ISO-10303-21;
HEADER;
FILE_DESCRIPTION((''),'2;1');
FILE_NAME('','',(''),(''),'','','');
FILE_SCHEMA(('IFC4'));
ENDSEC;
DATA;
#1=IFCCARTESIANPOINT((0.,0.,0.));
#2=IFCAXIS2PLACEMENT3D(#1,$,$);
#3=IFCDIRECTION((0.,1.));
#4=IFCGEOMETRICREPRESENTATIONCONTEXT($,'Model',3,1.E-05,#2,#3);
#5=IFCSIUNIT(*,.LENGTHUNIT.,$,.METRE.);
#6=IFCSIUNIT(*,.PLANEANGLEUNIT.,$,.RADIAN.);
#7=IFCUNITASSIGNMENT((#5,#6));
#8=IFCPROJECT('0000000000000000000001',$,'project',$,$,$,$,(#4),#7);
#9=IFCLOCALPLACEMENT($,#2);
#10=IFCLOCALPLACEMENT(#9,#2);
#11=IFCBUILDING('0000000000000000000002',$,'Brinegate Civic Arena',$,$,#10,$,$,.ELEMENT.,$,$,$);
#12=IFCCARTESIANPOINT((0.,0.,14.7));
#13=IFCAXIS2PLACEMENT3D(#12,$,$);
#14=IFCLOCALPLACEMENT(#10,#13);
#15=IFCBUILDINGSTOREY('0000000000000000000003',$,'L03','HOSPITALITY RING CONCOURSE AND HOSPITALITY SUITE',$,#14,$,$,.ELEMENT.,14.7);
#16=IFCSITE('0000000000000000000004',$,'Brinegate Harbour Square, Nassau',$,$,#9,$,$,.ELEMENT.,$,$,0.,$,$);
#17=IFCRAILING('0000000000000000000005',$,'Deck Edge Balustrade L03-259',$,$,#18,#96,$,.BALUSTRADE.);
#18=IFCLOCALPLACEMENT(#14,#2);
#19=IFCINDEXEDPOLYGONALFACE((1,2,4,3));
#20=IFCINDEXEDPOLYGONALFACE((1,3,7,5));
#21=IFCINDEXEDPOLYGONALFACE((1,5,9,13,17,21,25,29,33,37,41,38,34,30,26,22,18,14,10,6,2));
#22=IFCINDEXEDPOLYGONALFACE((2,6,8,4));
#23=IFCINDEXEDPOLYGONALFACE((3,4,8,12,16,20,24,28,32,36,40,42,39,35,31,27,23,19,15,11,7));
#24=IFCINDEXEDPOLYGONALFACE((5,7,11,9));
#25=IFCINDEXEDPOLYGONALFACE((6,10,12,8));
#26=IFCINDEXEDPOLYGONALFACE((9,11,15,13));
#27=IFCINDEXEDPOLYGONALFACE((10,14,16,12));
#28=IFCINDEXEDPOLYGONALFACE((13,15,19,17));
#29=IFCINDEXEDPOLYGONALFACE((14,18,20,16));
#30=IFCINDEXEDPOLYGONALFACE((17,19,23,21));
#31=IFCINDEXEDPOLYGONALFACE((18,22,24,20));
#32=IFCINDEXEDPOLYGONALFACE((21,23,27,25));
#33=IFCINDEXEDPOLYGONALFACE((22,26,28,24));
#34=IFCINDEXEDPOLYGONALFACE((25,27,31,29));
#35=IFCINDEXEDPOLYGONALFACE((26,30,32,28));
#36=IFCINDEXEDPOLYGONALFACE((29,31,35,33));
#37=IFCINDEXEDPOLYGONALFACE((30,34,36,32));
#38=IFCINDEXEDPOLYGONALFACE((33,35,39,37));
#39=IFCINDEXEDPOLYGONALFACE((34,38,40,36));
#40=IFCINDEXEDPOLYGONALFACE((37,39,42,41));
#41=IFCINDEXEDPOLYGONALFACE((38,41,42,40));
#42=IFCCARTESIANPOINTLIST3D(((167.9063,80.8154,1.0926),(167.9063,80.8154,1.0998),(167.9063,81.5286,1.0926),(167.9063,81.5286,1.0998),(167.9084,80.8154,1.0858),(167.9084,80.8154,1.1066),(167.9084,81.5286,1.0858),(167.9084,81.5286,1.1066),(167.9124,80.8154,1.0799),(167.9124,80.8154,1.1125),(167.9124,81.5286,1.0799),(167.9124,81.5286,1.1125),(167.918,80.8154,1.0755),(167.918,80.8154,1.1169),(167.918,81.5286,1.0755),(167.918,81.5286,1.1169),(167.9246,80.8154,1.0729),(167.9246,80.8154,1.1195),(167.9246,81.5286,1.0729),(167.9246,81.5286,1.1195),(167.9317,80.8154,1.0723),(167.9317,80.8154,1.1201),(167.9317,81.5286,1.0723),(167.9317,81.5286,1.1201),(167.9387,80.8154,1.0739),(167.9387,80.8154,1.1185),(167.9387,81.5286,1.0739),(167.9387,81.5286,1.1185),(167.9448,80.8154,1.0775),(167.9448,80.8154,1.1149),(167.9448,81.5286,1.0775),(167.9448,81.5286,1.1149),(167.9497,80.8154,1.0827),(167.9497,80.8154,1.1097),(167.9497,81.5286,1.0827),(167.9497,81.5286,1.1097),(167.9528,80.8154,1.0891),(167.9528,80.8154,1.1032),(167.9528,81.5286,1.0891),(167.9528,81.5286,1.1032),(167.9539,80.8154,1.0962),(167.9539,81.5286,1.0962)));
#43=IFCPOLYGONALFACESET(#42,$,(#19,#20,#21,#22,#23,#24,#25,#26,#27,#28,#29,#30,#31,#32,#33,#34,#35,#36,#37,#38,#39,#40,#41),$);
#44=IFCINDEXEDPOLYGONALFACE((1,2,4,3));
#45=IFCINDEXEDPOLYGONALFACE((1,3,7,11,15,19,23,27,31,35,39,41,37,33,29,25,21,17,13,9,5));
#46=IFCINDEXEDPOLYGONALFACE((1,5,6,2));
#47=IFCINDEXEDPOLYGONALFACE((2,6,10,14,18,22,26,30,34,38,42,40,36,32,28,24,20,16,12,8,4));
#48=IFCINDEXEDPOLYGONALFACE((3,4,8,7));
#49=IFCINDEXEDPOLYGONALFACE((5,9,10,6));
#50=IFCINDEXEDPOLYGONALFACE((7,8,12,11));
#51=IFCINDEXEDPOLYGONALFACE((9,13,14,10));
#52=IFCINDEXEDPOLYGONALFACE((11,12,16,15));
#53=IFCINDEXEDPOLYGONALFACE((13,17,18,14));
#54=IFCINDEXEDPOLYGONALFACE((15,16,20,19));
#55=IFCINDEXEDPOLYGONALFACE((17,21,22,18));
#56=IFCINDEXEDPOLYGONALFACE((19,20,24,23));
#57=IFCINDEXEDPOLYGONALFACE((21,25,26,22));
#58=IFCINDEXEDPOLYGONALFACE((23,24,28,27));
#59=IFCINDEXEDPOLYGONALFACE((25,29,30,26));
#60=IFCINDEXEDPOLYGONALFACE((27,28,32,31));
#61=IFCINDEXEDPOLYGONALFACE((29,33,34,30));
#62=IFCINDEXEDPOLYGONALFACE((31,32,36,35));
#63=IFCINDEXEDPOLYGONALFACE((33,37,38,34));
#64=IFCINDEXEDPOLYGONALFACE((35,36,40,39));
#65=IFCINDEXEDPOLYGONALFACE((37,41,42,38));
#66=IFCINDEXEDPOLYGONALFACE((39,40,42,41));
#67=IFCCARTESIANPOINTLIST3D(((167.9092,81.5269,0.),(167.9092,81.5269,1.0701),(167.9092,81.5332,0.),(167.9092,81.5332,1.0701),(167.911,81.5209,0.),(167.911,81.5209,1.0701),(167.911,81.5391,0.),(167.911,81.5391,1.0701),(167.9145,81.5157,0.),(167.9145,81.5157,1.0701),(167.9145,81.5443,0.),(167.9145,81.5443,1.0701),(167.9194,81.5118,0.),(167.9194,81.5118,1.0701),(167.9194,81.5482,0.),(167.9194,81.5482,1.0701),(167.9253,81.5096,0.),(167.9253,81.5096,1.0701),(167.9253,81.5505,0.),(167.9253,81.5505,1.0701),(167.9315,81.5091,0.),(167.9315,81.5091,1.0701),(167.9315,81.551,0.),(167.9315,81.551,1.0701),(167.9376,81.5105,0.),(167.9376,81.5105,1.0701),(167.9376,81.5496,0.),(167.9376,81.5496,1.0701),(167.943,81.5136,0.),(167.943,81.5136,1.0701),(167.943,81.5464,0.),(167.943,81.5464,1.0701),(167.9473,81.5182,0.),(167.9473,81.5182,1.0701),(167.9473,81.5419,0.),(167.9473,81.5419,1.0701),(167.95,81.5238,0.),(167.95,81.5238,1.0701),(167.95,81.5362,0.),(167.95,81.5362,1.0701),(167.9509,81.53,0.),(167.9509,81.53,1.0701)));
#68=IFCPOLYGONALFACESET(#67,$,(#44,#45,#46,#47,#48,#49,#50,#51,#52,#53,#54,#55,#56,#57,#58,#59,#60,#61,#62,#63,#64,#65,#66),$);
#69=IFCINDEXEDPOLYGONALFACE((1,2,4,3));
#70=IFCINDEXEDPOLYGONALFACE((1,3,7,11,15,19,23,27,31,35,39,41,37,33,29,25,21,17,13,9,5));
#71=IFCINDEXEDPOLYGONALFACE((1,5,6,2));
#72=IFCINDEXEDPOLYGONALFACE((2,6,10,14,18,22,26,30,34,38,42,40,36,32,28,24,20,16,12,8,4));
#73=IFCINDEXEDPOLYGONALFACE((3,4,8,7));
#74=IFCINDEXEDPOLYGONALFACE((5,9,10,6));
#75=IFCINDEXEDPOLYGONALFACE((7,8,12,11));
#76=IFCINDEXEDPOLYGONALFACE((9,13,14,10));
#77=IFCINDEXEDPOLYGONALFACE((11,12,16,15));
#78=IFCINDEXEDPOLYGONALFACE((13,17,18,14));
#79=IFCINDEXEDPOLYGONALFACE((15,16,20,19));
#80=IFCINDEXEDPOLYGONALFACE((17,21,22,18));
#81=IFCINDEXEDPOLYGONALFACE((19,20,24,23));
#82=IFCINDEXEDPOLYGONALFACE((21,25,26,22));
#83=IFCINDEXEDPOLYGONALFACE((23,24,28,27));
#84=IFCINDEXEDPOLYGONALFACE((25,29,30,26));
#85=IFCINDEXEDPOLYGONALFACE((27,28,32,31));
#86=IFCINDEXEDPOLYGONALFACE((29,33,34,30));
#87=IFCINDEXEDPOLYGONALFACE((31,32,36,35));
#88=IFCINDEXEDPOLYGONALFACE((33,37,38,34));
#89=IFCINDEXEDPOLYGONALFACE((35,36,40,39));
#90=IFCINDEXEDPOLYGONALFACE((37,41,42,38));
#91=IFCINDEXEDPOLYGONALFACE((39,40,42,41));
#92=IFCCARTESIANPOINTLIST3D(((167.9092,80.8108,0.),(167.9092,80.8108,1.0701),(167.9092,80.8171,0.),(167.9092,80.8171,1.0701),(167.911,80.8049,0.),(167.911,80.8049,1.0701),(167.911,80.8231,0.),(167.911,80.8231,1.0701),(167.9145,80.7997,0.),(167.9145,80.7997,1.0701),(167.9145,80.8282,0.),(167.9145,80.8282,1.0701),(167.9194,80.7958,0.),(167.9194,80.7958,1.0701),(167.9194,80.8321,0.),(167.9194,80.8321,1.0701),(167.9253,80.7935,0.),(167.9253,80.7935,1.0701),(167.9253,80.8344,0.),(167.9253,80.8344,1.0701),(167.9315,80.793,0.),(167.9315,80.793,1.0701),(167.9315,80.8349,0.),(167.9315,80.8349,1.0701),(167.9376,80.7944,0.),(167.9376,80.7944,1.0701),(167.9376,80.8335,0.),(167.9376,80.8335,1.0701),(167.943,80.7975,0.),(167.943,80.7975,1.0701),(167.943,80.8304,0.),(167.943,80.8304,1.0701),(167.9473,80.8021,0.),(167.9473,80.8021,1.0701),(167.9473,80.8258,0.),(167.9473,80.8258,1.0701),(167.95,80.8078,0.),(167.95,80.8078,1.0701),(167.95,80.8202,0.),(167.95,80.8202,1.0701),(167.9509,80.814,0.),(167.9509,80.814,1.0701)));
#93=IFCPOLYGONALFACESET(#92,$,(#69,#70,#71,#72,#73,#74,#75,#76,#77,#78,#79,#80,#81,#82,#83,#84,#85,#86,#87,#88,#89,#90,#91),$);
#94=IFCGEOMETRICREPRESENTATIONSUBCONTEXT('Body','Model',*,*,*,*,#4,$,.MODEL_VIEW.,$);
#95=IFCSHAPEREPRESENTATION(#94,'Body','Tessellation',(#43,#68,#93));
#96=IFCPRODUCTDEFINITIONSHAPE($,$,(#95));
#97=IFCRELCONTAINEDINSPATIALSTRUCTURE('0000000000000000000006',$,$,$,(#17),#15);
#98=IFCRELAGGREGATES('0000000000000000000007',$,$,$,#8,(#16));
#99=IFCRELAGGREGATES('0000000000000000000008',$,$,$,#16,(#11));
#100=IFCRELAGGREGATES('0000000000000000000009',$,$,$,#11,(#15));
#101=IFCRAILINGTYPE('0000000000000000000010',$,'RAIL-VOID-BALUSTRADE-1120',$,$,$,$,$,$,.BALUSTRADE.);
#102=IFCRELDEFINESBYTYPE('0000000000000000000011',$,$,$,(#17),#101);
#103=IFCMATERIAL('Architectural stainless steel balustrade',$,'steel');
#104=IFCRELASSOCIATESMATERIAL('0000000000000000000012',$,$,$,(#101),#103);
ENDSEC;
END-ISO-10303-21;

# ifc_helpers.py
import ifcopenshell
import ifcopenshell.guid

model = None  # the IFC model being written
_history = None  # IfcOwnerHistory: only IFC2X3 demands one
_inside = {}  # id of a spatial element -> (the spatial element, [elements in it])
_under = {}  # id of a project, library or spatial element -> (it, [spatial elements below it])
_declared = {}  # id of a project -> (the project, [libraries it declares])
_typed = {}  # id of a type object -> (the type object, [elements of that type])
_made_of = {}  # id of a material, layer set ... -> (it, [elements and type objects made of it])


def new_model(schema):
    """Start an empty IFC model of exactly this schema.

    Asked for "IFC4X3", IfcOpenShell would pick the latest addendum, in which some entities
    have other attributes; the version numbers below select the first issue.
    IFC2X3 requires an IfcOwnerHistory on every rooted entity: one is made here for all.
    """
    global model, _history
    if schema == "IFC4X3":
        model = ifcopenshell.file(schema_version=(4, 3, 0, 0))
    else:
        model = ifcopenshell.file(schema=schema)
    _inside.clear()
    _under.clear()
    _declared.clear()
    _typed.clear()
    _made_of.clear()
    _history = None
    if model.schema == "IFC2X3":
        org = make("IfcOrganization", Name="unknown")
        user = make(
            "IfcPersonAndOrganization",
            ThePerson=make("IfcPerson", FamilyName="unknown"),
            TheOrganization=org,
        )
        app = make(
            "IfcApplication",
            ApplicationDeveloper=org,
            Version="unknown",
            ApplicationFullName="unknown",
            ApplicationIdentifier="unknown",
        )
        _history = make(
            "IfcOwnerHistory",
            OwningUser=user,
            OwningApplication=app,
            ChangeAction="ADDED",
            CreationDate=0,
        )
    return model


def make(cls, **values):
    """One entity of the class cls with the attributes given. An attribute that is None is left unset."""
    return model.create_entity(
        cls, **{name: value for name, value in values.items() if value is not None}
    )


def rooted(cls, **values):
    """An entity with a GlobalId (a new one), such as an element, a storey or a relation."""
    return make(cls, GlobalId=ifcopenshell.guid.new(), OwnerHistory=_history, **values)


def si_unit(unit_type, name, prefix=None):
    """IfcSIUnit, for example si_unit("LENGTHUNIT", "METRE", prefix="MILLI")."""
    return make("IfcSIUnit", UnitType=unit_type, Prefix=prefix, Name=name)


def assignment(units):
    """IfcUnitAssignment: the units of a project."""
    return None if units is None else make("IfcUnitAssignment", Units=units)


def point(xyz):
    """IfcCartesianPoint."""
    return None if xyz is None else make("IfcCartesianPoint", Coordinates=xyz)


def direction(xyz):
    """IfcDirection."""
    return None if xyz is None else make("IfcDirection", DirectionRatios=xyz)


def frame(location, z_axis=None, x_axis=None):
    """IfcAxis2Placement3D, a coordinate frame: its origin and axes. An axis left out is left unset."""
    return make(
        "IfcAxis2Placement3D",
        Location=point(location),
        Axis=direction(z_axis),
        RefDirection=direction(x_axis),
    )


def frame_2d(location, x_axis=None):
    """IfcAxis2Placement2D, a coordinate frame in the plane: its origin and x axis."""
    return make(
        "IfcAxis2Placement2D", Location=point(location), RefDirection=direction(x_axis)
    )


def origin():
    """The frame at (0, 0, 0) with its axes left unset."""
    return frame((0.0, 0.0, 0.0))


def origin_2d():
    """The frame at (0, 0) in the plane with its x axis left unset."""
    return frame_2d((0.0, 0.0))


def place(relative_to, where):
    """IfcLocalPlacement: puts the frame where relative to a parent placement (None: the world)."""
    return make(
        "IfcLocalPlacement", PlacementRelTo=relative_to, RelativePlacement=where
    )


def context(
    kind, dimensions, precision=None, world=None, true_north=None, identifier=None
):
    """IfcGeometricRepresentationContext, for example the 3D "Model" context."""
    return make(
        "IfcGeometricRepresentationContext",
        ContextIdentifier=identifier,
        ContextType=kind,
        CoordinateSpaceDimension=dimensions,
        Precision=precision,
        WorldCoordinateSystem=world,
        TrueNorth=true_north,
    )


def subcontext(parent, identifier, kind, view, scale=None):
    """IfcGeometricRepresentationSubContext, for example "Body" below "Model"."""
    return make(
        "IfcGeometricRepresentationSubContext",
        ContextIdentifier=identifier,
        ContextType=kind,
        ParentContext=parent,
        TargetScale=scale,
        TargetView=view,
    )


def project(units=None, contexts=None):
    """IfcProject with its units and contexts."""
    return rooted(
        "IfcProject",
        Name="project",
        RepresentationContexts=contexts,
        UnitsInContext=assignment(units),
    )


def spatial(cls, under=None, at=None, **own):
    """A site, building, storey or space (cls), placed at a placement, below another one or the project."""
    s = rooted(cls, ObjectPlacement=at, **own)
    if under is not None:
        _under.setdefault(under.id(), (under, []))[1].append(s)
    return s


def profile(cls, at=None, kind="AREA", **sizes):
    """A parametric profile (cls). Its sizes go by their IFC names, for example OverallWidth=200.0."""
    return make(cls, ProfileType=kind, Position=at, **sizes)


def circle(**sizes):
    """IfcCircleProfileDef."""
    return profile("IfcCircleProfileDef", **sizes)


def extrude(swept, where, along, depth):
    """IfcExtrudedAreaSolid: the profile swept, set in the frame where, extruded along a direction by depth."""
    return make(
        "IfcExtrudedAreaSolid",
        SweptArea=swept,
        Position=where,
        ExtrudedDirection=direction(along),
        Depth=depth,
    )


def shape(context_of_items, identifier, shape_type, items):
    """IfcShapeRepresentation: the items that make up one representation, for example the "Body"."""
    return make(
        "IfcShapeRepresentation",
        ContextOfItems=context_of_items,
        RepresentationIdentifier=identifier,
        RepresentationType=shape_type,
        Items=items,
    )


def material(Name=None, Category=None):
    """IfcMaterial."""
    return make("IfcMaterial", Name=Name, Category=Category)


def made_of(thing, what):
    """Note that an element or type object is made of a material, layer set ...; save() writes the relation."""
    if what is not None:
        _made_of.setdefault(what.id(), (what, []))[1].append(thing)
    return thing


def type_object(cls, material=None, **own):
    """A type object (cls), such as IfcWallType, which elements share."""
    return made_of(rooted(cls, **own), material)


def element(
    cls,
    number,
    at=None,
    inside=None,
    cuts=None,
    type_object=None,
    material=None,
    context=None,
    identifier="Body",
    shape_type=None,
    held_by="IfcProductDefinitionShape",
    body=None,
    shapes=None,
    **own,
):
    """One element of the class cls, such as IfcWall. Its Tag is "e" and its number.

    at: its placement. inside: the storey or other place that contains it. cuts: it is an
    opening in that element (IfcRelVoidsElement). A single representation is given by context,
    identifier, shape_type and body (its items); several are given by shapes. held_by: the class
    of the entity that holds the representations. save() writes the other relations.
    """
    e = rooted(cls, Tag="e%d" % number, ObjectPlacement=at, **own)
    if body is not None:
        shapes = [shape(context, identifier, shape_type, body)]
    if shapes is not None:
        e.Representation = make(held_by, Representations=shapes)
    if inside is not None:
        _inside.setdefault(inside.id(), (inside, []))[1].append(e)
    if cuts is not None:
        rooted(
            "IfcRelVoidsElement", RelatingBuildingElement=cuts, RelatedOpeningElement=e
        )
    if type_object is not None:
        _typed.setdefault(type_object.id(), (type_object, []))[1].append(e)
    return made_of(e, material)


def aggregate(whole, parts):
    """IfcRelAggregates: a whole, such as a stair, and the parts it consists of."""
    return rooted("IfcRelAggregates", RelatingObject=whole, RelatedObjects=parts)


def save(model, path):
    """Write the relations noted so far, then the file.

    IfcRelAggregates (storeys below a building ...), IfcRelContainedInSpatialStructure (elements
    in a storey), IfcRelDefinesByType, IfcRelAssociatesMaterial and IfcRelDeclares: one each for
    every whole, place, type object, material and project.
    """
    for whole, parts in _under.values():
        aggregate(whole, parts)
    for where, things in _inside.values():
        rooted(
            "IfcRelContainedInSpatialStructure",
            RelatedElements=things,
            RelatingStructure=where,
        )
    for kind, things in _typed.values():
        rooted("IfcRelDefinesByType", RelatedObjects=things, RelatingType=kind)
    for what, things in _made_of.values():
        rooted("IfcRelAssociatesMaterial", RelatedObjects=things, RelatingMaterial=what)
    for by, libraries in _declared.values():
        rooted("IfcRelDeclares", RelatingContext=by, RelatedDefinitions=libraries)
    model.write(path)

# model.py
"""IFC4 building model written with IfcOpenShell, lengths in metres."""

from ifc_helpers import new_model, si_unit, direction, frame, origin, origin_2d, place, context, subcontext, project, spatial, circle, extrude, material, type_object, element, save


model = new_model("IFC4")

# Units and contexts
model_context = context("Model", 3, precision=1e-05, world=origin(), true_north=direction((0.0, 1.0)))
body_context = subcontext(model_context, "Body", "Model", "MODEL_VIEW")
ifc_project = project(units=[si_unit("LENGTHUNIT", "METRE"), si_unit("PLANEANGLEUNIT", "RADIAN")], contexts=[model_context])

# Site, building, storey
site_placement = place(None, origin())
site = spatial("IfcSite", under=ifc_project, at=site_placement, Name="Brinegate Harbour Square, Nassau", CompositionType="ELEMENT", RefElevation=0.0)
building_placement = place(site_placement, origin())
building = spatial("IfcBuilding", under=site, at=building_placement, Name="Brinegate Civic Arena", CompositionType="ELEMENT")
storey_placement = place(building_placement, frame((0.0, 0.0, 14.7)))
storey = spatial("IfcBuildingStorey", under=building, at=storey_placement, Name="L03", Description="HOSPITALITY RING CONCOURSE AND HOSPITALITY SUITE", CompositionType="ELEMENT", Elevation=14.7)

# Shared definitions
ifc_material_1 = material(Name="Architectural stainless steel balustrade", Category="steel")

# Railing
railing_type_1 = type_object("IfcRailingType", Name="RAIL-VOID-BALUSTRADE-1120", PredefinedType="BALUSTRADE", material=ifc_material_1)
railing_1_placement = place(storey_placement, frame((167.9299, 81.53, 0.0)))
element("IfcRailing", 1, at=railing_1_placement, inside=storey, type_object=railing_type_1, Name="Deck Edge Balustrade L03-259", PredefinedType="BALUSTRADE", context=body_context, shape_type="SweptSolid", body=[
    extrude(circle(Radius=0.0239, at=origin_2d()), frame((0.0, -0.0015, 1.0962), z_axis=(0.0, -1.0, 0.0), x_axis=(1.0, 0.0, 0.0)), (0.0, 0.0, 1.0), 0.7131),
    extrude(circle(Radius=0.021, at=origin_2d()), origin(), (0.0, 0.0, 1.0), 1.0701),
    extrude(circle(Radius=0.021, at=origin_2d()), frame((0.0, -0.7161, 0.0)), (0.0, 0.0, 1.0), 1.0701),
])

save(model, "model.ifc")
